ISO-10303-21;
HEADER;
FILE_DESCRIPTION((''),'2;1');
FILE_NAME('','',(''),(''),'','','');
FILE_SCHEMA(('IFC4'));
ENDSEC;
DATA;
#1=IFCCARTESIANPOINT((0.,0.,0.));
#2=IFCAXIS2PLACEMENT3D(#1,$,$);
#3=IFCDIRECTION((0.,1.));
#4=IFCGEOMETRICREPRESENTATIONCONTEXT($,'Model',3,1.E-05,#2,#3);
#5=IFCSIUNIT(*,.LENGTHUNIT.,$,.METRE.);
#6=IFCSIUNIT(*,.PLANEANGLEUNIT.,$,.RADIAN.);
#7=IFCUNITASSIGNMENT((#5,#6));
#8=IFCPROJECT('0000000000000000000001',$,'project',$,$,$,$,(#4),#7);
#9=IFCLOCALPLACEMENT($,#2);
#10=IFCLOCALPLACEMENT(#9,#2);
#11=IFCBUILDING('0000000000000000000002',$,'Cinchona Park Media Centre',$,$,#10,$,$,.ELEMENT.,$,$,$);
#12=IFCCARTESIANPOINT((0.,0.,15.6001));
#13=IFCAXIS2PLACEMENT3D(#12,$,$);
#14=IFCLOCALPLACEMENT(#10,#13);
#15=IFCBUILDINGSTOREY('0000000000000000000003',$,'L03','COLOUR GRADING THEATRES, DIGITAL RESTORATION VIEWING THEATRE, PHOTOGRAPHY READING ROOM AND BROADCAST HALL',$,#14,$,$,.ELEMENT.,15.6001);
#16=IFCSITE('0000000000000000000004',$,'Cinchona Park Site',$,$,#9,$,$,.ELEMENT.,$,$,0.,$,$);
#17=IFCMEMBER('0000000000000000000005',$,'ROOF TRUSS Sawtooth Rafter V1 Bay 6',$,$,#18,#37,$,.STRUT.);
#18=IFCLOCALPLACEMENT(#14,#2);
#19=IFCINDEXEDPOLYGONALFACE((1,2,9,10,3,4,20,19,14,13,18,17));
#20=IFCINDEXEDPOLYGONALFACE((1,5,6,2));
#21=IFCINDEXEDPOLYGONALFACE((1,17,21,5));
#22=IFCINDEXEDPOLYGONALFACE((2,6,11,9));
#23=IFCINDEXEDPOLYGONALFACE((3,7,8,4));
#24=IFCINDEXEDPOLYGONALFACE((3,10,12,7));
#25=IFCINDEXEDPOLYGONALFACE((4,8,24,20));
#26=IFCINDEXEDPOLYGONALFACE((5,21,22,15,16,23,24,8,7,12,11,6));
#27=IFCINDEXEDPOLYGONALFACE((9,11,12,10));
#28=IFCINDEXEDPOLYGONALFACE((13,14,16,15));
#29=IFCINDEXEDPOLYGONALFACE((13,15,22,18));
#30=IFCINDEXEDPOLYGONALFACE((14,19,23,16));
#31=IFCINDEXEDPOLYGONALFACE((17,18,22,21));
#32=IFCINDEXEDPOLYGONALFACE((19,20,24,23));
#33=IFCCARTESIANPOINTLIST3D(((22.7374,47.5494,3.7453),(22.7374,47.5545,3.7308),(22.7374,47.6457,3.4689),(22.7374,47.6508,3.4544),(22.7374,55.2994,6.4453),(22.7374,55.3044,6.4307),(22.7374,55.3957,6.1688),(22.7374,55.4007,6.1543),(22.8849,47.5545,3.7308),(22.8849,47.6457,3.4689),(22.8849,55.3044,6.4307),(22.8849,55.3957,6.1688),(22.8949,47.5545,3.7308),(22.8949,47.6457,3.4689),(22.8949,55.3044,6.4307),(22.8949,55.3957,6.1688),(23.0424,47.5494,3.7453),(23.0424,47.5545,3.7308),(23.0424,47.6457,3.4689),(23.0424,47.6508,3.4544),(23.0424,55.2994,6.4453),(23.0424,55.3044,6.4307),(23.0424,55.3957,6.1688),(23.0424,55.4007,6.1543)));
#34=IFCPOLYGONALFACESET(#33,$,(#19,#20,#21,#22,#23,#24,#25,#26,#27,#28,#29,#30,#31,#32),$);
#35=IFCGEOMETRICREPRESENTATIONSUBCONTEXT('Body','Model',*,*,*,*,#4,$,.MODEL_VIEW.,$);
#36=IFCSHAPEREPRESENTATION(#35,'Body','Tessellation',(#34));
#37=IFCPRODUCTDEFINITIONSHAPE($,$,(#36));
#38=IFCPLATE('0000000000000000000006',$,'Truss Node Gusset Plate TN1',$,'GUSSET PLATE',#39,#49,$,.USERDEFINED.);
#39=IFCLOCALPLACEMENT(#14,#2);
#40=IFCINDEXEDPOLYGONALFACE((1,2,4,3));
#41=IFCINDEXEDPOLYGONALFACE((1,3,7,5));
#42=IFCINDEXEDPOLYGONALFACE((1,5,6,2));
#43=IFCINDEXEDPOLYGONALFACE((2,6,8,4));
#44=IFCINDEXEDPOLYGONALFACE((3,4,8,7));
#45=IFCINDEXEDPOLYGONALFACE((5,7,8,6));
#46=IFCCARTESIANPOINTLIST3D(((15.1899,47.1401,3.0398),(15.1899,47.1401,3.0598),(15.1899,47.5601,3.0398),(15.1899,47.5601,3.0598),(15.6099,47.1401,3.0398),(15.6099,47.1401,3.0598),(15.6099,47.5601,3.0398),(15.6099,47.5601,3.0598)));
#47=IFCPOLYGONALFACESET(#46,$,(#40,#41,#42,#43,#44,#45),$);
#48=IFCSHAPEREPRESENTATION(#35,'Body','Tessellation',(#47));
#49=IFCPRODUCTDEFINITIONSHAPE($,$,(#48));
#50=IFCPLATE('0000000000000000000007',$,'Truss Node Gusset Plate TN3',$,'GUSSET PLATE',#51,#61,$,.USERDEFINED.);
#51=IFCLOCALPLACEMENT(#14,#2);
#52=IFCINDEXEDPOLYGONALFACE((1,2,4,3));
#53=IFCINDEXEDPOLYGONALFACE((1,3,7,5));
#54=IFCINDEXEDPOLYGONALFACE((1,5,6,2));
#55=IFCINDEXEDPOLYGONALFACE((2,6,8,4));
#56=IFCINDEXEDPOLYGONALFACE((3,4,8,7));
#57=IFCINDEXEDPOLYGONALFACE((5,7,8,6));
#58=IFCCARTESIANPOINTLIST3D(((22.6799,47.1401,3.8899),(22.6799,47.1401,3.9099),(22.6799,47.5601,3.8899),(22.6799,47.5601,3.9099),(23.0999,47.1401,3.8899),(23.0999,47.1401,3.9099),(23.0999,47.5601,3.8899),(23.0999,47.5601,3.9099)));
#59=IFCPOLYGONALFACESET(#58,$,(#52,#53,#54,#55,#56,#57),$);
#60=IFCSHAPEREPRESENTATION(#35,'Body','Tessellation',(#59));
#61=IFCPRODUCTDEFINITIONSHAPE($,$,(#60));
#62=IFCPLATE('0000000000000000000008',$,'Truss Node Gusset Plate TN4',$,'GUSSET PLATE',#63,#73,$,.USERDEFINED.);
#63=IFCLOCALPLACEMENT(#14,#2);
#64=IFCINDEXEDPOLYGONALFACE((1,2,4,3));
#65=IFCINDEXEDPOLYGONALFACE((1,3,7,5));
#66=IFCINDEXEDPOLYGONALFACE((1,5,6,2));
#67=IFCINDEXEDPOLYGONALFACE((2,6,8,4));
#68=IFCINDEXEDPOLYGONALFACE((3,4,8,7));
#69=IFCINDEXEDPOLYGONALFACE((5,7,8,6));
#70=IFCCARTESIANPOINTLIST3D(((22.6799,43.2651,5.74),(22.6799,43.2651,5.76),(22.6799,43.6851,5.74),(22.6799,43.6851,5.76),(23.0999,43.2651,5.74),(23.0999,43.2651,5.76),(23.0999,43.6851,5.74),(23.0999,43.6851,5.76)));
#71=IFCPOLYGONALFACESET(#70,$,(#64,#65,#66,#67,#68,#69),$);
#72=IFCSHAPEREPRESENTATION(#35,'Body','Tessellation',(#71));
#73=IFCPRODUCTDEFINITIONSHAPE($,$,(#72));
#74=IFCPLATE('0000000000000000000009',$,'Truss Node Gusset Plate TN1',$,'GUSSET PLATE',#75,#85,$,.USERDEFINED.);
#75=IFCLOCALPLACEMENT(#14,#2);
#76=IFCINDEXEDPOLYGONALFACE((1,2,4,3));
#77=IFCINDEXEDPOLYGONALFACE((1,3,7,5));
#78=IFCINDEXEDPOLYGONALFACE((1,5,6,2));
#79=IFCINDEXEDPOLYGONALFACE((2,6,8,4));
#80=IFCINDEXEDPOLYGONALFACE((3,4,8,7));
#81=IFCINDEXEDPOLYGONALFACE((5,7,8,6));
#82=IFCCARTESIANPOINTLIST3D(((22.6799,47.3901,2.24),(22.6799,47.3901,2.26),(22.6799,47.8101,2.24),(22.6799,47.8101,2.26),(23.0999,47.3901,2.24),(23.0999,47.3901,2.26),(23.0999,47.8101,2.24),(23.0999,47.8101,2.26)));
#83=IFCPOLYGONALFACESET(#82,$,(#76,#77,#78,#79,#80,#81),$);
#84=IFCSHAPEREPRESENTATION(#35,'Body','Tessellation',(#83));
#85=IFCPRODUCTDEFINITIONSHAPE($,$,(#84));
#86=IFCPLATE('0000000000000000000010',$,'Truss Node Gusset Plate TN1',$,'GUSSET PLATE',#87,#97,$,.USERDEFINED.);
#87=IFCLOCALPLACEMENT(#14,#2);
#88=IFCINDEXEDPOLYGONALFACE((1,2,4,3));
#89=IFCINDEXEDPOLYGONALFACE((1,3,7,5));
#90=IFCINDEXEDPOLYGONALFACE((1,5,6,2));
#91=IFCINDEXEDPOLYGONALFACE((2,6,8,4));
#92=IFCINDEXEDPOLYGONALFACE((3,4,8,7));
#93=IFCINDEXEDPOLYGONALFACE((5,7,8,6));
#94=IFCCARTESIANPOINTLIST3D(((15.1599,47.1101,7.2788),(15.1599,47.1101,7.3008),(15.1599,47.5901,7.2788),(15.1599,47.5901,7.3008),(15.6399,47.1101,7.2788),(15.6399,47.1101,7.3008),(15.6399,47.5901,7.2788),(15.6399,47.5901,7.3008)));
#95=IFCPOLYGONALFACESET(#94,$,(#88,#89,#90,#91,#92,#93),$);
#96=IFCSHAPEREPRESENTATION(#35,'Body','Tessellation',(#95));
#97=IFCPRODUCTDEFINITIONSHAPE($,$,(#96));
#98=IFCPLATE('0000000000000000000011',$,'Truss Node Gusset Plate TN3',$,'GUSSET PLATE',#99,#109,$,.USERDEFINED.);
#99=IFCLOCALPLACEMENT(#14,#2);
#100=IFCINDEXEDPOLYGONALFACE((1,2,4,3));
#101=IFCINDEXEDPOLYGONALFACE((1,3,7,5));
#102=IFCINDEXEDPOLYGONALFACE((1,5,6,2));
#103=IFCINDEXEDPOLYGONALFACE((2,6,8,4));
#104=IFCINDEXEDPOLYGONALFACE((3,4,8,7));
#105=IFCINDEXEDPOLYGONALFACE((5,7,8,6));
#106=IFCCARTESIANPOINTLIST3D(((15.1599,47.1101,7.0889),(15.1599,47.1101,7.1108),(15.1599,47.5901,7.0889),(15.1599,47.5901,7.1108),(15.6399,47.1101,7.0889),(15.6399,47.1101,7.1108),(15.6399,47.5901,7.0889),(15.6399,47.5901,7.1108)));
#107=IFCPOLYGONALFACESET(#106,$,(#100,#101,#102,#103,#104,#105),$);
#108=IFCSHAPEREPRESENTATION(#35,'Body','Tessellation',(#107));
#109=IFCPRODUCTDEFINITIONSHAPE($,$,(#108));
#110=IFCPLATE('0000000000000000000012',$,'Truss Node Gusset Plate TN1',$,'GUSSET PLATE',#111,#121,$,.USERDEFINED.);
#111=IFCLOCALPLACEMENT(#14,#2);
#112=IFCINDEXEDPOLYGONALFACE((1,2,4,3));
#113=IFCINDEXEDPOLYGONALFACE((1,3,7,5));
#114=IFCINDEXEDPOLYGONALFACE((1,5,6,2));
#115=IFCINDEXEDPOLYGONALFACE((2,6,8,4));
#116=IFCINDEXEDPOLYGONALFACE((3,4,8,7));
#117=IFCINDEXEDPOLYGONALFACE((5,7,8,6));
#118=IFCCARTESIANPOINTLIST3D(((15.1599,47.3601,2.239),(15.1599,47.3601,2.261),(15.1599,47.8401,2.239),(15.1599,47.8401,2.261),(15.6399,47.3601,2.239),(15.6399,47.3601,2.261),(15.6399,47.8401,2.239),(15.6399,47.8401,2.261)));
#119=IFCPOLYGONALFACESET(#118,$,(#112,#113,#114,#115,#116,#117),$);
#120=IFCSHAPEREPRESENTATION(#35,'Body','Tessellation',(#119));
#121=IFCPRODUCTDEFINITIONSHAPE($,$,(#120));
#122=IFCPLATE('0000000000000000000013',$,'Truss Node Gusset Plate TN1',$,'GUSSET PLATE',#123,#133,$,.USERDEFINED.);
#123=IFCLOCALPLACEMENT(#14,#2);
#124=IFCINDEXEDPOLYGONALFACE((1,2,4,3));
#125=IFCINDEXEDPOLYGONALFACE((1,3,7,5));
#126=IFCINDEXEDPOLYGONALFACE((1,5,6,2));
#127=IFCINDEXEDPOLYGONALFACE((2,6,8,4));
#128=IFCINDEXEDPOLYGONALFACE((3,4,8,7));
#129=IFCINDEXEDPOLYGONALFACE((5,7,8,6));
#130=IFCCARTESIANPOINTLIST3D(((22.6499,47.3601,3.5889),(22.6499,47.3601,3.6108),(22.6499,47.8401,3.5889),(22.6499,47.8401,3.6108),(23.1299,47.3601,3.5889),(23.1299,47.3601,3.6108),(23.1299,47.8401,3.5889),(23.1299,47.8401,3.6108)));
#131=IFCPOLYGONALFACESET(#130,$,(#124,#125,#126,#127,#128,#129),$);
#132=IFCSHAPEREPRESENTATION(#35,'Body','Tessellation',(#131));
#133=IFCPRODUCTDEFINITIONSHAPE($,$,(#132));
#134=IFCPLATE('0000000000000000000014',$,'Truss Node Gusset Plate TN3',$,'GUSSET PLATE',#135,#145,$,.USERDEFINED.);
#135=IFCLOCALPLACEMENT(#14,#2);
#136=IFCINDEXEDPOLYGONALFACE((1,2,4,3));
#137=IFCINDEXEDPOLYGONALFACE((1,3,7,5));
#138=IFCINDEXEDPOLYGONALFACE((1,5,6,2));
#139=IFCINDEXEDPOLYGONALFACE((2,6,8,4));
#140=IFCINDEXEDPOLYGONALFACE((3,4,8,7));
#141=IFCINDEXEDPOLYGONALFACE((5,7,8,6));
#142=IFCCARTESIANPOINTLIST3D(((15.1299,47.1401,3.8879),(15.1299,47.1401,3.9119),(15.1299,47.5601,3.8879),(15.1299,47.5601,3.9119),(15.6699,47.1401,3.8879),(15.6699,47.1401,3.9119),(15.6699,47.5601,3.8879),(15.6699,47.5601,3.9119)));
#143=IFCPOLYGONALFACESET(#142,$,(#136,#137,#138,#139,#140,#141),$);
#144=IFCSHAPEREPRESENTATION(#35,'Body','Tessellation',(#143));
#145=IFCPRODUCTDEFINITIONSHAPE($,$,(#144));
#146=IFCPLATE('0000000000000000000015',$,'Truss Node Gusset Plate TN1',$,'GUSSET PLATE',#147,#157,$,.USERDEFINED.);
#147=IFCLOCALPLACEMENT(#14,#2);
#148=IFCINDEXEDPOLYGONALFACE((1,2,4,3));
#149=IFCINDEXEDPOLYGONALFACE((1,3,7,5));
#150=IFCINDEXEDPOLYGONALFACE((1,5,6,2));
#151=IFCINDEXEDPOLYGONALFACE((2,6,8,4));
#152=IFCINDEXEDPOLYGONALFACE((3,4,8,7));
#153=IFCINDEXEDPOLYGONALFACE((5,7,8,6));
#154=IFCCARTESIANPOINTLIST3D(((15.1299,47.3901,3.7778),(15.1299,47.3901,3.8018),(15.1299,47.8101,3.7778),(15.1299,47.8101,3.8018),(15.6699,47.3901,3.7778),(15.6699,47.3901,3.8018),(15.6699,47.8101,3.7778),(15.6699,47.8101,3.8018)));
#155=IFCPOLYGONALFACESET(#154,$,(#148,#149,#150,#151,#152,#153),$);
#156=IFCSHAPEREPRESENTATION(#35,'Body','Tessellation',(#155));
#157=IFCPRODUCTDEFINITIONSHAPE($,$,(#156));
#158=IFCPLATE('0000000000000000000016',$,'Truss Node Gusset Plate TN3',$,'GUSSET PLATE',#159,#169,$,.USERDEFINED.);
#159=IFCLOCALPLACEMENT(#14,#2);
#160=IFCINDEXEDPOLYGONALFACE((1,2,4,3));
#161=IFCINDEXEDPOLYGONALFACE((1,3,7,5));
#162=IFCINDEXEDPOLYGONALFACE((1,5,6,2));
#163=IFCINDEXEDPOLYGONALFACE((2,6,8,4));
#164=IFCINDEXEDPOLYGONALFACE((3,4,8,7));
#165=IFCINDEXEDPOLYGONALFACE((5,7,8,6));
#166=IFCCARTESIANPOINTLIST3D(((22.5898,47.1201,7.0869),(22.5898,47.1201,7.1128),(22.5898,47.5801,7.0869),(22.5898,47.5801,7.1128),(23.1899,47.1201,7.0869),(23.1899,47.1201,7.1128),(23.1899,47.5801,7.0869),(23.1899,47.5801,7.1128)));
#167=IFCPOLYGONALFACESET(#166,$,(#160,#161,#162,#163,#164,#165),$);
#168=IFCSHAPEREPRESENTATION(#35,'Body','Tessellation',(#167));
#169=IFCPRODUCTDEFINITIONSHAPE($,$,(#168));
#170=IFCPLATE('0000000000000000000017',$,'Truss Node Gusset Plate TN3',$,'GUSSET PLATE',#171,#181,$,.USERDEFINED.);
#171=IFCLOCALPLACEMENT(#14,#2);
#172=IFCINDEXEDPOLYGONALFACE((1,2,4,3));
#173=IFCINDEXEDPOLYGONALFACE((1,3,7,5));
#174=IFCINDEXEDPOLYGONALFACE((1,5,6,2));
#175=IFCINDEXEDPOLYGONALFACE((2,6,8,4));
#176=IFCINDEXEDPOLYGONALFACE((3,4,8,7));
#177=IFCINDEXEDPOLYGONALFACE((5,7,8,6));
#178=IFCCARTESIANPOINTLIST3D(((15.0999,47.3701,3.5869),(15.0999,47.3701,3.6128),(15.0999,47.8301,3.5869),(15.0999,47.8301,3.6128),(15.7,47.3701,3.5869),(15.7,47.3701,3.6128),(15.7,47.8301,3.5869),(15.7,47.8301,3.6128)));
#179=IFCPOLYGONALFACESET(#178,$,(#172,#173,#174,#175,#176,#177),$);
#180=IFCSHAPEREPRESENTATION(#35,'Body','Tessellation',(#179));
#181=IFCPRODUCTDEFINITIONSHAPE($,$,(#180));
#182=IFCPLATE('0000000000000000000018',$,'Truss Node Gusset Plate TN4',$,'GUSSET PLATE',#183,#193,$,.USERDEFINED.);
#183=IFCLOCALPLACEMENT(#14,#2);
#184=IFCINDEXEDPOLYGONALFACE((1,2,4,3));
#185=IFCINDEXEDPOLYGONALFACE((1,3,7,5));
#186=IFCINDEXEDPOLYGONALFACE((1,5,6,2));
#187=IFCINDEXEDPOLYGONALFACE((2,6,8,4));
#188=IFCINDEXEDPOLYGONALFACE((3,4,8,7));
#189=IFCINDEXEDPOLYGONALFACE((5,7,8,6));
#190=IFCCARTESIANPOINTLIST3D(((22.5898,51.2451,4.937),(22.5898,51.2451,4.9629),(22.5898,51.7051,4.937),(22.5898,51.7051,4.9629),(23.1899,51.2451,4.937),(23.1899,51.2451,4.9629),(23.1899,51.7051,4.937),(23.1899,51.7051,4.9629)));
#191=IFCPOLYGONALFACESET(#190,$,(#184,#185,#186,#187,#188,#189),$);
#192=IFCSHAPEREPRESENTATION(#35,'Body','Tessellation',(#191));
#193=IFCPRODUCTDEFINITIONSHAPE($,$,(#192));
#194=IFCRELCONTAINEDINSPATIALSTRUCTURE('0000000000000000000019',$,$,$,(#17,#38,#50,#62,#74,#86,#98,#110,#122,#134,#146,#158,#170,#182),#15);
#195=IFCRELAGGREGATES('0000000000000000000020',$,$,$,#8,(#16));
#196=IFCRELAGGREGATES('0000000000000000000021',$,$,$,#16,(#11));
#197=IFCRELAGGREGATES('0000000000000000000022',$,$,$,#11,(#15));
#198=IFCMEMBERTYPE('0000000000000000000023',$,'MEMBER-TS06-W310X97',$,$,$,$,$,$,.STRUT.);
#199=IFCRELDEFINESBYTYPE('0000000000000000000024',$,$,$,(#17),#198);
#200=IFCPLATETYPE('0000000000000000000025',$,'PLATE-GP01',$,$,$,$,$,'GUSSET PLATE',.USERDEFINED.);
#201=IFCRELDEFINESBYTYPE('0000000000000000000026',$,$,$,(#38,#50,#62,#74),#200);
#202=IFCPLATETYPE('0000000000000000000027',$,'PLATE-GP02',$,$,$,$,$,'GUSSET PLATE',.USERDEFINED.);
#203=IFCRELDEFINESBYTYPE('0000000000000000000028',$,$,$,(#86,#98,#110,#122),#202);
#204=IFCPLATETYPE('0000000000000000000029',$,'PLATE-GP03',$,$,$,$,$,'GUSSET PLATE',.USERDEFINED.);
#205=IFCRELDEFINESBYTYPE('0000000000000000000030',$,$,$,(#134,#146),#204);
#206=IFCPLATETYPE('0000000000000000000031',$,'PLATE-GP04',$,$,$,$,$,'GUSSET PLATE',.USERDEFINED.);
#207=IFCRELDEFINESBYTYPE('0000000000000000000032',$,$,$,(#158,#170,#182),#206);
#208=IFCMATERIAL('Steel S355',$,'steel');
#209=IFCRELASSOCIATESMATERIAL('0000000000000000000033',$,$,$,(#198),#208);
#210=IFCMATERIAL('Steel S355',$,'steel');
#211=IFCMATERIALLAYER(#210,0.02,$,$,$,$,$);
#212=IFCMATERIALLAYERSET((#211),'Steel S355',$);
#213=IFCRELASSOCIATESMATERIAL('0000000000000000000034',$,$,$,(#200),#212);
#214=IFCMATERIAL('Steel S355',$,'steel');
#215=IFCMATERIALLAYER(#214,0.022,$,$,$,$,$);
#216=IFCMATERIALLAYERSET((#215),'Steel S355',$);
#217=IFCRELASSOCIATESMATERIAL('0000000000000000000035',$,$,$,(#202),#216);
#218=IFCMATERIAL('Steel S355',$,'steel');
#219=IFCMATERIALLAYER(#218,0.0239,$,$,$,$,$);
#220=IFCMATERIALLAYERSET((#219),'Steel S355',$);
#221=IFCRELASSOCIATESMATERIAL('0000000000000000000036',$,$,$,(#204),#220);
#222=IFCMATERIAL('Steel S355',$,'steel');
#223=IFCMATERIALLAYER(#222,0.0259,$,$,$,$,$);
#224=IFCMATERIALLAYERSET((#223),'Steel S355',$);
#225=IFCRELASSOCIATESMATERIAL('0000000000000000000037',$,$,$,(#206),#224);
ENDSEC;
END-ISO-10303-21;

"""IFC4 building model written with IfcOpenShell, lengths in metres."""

from ifc_helpers import new_model, si_unit, direction, frame, origin, origin_2d, place, context, subcontext, project, spatial, rectangle, i_section, extrude, material, layer, layer_set, material_profile, profile_set, type_object, element, save


model = new_model("IFC4")

# Units and contexts
model_context = context("Model", 3, precision=1e-05, world=origin(), true_north=direction((0.0, 1.0)))
body_context = subcontext(model_context, "Body", "Model", "MODEL_VIEW")
ifc_project = project(units=[si_unit("LENGTHUNIT", "METRE"), si_unit("PLANEANGLEUNIT", "RADIAN")], contexts=[model_context])

# Site, building, storey
site_placement = place(None, origin())
site = spatial("IfcSite", under=ifc_project, at=site_placement, Name="Cinchona Park Site", CompositionType="ELEMENT", RefElevation=0.0)
building_placement = place(site_placement, origin())
building = spatial("IfcBuilding", under=site, at=building_placement, Name="Cinchona Park Media Centre", CompositionType="ELEMENT")
storey_placement = place(building_placement, frame((0.0, 0.0, 15.6001)))
storey = spatial("IfcBuildingStorey", under=building, at=storey_placement, Name="L03", Description="COLOUR GRADING THEATRES, DIGITAL RESTORATION VIEWING THEATRE, PHOTOGRAPHY READING ROOM AND BROADCAST HALL", CompositionType="ELEMENT", Elevation=15.6001)

# Member
ifc_material_1 = material(Name="Steel S355", Category="steel")
ifc_material_profile_1 = material_profile(ifc_material_1, i_section(OverallWidth=0.3049, OverallDepth=0.3081, WebThickness=0.01, FlangeThickness=0.0154, at=origin_2d()), Name="W310X97")
ifc_profile_set_1 = profile_set([ifc_material_profile_1], Name="Steel S355")
member_type_1 = type_object("IfcMemberType", Name="MEMBER-TS06-W310X97", PredefinedType="STRUT", material=ifc_profile_set_1)
for number, where, z_axis, x_axis, name in (
    (1, (22.8899, 47.6001, 3.5999), (0.0, 0.944334, 0.328988), (-1.0, 0.0, 0.0), "ROOF TRUSS Sawtooth Rafter V1 Bay 6"),
):
    element("IfcMember", number, at=place(storey_placement, frame(where, z_axis=z_axis, x_axis=x_axis)), inside=storey, type_object=member_type_1, Name=name, PredefinedType="STRUT", context=body_context, shape_type="SweptSolid", body=[
        extrude(i_section(OverallWidth=0.3049, OverallDepth=0.3081, WebThickness=0.01, FlangeThickness=0.0154, at=origin_2d()), origin(), (0.0, 0.0, 1.0), 8.2068),
    ])

# Plates
ifc_material_2 = material(Name="Steel S355", Category="steel")
ifc_layer_1 = layer(ifc_material_2, 0.02)
ifc_layer_set_1 = layer_set([ifc_layer_1], Name="Steel S355")
plate_type_1 = type_object("IfcPlateType", Name="PLATE-GP01", ElementType="GUSSET PLATE", PredefinedType="USERDEFINED", material=ifc_layer_set_1)
for number, where, z_axis, x_axis, name in (
    (2, (15.3999, 47.3501, 3.0398), (0.0, 0.0, 1.0), (1.0, 0.0, 0.0), "Truss Node Gusset Plate TN1"),
    (3, (22.8899, 47.3501, 3.8899), (0.0, 0.0, 1.0), (1.0, 0.0, 0.0), "Truss Node Gusset Plate TN3"),
    (4, (22.8899, 43.4751, 5.74), (0.0, 0.0, 1.0), (1.0, 0.0, 0.0), "Truss Node Gusset Plate TN4"),
    (5, (22.8899, 47.6001, 2.24), (0.0, 0.0, 1.0), (1.0, 0.0, 0.0), "Truss Node Gusset Plate TN1"),
):
    element("IfcPlate", number, at=place(storey_placement, frame(where, z_axis=z_axis, x_axis=x_axis)), inside=storey, type_object=plate_type_1, Name=name, ObjectType="GUSSET PLATE", PredefinedType="USERDEFINED", context=body_context, shape_type="SweptSolid", body=[
        extrude(rectangle(XDim=0.4199, YDim=0.4199, at=origin_2d()), origin(), (0.0, 0.0, 1.0), 0.02),
    ])
ifc_material_3 = material(Name="Steel S355", Category="steel")
ifc_layer_2 = layer(ifc_material_3, 0.022)
ifc_layer_set_2 = layer_set([ifc_layer_2], Name="Steel S355")
plate_type_2 = type_object("IfcPlateType", Name="PLATE-GP02", ElementType="GUSSET PLATE", PredefinedType="USERDEFINED", material=ifc_layer_set_2)
for number, where, z_axis, x_axis, name in (
    (6, (15.3999, 47.3501, 7.2788), (0.0, 0.0, 1.0), (1.0, 0.0, 0.0), "Truss Node Gusset Plate TN1"),
    (7, (15.3999, 47.3501, 7.0889), (0.0, 0.0, 1.0), (1.0, 0.0, 0.0), "Truss Node Gusset Plate TN3"),
    (8, (15.3999, 47.6001, 2.239), (0.0, 0.0, 1.0), (1.0, 0.0, 0.0), "Truss Node Gusset Plate TN1"),
    (9, (22.8899, 47.6001, 3.5889), (0.0, 0.0, 1.0), (1.0, 0.0, 0.0), "Truss Node Gusset Plate TN1"),
):
    element("IfcPlate", number, at=place(storey_placement, frame(where, z_axis=z_axis, x_axis=x_axis)), inside=storey, type_object=plate_type_2, Name=name, ObjectType="GUSSET PLATE", PredefinedType="USERDEFINED", context=body_context, shape_type="SweptSolid", body=[
        extrude(rectangle(XDim=0.48, YDim=0.48, at=origin_2d()), origin(), (0.0, 0.0, 1.0), 0.022),
    ])
ifc_material_4 = material(Name="Steel S355", Category="steel")
ifc_layer_3 = layer(ifc_material_4, 0.0239)
ifc_layer_set_3 = layer_set([ifc_layer_3], Name="Steel S355")
plate_type_3 = type_object("IfcPlateType", Name="PLATE-GP03", ElementType="GUSSET PLATE", PredefinedType="USERDEFINED", material=ifc_layer_set_3)
for number, where, z_axis, x_axis, name in (
    (10, (15.3999, 47.3501, 3.8879), (0.0, 0.0, 1.0), (1.0, 0.0, 0.0), "Truss Node Gusset Plate TN3"),
    (11, (15.3999, 47.6001, 3.7778), (0.0, 0.0, 1.0), (1.0, 0.0, 0.0), "Truss Node Gusset Plate TN1"),
):
    element("IfcPlate", number, at=place(storey_placement, frame(where, z_axis=z_axis, x_axis=x_axis)), inside=storey, type_object=plate_type_3, Name=name, ObjectType="GUSSET PLATE", PredefinedType="USERDEFINED", context=body_context, shape_type="SweptSolid", body=[
        extrude(rectangle(XDim=0.54, YDim=0.4199, at=origin_2d()), origin(), (0.0, 0.0, 1.0), 0.0239),
    ])
ifc_material_5 = material(Name="Steel S355", Category="steel")
ifc_layer_4 = layer(ifc_material_5, 0.0259)
ifc_layer_set_4 = layer_set([ifc_layer_4], Name="Steel S355")
plate_type_4 = type_object("IfcPlateType", Name="PLATE-GP04", ElementType="GUSSET PLATE", PredefinedType="USERDEFINED", material=ifc_layer_set_4)
for number, where, z_axis, x_axis, name in (
    (12, (22.8899, 47.3501, 7.0869), (0.0, 0.0, 1.0), (1.0, 0.0, 0.0), "Truss Node Gusset Plate TN3"),
    (13, (15.3999, 47.6001, 3.5869), (0.0, 0.0, 1.0), (1.0, 0.0, 0.0), "Truss Node Gusset Plate TN3"),
    (14, (22.8899, 51.4751, 4.937), (0.0, 0.0, 1.0), (1.0, 0.0, 0.0), "Truss Node Gusset Plate TN4"),
):
    element("IfcPlate", number, at=place(storey_placement, frame(where, z_axis=z_axis, x_axis=x_axis)), inside=storey, type_object=plate_type_4, Name=name, ObjectType="GUSSET PLATE", PredefinedType="USERDEFINED", context=body_context, shape_type="SweptSolid", body=[
        extrude(rectangle(XDim=0.6001, YDim=0.46, at=origin_2d()), origin(), (0.0, 0.0, 1.0), 0.0259),
    ])

save(model, "model.ifc")
